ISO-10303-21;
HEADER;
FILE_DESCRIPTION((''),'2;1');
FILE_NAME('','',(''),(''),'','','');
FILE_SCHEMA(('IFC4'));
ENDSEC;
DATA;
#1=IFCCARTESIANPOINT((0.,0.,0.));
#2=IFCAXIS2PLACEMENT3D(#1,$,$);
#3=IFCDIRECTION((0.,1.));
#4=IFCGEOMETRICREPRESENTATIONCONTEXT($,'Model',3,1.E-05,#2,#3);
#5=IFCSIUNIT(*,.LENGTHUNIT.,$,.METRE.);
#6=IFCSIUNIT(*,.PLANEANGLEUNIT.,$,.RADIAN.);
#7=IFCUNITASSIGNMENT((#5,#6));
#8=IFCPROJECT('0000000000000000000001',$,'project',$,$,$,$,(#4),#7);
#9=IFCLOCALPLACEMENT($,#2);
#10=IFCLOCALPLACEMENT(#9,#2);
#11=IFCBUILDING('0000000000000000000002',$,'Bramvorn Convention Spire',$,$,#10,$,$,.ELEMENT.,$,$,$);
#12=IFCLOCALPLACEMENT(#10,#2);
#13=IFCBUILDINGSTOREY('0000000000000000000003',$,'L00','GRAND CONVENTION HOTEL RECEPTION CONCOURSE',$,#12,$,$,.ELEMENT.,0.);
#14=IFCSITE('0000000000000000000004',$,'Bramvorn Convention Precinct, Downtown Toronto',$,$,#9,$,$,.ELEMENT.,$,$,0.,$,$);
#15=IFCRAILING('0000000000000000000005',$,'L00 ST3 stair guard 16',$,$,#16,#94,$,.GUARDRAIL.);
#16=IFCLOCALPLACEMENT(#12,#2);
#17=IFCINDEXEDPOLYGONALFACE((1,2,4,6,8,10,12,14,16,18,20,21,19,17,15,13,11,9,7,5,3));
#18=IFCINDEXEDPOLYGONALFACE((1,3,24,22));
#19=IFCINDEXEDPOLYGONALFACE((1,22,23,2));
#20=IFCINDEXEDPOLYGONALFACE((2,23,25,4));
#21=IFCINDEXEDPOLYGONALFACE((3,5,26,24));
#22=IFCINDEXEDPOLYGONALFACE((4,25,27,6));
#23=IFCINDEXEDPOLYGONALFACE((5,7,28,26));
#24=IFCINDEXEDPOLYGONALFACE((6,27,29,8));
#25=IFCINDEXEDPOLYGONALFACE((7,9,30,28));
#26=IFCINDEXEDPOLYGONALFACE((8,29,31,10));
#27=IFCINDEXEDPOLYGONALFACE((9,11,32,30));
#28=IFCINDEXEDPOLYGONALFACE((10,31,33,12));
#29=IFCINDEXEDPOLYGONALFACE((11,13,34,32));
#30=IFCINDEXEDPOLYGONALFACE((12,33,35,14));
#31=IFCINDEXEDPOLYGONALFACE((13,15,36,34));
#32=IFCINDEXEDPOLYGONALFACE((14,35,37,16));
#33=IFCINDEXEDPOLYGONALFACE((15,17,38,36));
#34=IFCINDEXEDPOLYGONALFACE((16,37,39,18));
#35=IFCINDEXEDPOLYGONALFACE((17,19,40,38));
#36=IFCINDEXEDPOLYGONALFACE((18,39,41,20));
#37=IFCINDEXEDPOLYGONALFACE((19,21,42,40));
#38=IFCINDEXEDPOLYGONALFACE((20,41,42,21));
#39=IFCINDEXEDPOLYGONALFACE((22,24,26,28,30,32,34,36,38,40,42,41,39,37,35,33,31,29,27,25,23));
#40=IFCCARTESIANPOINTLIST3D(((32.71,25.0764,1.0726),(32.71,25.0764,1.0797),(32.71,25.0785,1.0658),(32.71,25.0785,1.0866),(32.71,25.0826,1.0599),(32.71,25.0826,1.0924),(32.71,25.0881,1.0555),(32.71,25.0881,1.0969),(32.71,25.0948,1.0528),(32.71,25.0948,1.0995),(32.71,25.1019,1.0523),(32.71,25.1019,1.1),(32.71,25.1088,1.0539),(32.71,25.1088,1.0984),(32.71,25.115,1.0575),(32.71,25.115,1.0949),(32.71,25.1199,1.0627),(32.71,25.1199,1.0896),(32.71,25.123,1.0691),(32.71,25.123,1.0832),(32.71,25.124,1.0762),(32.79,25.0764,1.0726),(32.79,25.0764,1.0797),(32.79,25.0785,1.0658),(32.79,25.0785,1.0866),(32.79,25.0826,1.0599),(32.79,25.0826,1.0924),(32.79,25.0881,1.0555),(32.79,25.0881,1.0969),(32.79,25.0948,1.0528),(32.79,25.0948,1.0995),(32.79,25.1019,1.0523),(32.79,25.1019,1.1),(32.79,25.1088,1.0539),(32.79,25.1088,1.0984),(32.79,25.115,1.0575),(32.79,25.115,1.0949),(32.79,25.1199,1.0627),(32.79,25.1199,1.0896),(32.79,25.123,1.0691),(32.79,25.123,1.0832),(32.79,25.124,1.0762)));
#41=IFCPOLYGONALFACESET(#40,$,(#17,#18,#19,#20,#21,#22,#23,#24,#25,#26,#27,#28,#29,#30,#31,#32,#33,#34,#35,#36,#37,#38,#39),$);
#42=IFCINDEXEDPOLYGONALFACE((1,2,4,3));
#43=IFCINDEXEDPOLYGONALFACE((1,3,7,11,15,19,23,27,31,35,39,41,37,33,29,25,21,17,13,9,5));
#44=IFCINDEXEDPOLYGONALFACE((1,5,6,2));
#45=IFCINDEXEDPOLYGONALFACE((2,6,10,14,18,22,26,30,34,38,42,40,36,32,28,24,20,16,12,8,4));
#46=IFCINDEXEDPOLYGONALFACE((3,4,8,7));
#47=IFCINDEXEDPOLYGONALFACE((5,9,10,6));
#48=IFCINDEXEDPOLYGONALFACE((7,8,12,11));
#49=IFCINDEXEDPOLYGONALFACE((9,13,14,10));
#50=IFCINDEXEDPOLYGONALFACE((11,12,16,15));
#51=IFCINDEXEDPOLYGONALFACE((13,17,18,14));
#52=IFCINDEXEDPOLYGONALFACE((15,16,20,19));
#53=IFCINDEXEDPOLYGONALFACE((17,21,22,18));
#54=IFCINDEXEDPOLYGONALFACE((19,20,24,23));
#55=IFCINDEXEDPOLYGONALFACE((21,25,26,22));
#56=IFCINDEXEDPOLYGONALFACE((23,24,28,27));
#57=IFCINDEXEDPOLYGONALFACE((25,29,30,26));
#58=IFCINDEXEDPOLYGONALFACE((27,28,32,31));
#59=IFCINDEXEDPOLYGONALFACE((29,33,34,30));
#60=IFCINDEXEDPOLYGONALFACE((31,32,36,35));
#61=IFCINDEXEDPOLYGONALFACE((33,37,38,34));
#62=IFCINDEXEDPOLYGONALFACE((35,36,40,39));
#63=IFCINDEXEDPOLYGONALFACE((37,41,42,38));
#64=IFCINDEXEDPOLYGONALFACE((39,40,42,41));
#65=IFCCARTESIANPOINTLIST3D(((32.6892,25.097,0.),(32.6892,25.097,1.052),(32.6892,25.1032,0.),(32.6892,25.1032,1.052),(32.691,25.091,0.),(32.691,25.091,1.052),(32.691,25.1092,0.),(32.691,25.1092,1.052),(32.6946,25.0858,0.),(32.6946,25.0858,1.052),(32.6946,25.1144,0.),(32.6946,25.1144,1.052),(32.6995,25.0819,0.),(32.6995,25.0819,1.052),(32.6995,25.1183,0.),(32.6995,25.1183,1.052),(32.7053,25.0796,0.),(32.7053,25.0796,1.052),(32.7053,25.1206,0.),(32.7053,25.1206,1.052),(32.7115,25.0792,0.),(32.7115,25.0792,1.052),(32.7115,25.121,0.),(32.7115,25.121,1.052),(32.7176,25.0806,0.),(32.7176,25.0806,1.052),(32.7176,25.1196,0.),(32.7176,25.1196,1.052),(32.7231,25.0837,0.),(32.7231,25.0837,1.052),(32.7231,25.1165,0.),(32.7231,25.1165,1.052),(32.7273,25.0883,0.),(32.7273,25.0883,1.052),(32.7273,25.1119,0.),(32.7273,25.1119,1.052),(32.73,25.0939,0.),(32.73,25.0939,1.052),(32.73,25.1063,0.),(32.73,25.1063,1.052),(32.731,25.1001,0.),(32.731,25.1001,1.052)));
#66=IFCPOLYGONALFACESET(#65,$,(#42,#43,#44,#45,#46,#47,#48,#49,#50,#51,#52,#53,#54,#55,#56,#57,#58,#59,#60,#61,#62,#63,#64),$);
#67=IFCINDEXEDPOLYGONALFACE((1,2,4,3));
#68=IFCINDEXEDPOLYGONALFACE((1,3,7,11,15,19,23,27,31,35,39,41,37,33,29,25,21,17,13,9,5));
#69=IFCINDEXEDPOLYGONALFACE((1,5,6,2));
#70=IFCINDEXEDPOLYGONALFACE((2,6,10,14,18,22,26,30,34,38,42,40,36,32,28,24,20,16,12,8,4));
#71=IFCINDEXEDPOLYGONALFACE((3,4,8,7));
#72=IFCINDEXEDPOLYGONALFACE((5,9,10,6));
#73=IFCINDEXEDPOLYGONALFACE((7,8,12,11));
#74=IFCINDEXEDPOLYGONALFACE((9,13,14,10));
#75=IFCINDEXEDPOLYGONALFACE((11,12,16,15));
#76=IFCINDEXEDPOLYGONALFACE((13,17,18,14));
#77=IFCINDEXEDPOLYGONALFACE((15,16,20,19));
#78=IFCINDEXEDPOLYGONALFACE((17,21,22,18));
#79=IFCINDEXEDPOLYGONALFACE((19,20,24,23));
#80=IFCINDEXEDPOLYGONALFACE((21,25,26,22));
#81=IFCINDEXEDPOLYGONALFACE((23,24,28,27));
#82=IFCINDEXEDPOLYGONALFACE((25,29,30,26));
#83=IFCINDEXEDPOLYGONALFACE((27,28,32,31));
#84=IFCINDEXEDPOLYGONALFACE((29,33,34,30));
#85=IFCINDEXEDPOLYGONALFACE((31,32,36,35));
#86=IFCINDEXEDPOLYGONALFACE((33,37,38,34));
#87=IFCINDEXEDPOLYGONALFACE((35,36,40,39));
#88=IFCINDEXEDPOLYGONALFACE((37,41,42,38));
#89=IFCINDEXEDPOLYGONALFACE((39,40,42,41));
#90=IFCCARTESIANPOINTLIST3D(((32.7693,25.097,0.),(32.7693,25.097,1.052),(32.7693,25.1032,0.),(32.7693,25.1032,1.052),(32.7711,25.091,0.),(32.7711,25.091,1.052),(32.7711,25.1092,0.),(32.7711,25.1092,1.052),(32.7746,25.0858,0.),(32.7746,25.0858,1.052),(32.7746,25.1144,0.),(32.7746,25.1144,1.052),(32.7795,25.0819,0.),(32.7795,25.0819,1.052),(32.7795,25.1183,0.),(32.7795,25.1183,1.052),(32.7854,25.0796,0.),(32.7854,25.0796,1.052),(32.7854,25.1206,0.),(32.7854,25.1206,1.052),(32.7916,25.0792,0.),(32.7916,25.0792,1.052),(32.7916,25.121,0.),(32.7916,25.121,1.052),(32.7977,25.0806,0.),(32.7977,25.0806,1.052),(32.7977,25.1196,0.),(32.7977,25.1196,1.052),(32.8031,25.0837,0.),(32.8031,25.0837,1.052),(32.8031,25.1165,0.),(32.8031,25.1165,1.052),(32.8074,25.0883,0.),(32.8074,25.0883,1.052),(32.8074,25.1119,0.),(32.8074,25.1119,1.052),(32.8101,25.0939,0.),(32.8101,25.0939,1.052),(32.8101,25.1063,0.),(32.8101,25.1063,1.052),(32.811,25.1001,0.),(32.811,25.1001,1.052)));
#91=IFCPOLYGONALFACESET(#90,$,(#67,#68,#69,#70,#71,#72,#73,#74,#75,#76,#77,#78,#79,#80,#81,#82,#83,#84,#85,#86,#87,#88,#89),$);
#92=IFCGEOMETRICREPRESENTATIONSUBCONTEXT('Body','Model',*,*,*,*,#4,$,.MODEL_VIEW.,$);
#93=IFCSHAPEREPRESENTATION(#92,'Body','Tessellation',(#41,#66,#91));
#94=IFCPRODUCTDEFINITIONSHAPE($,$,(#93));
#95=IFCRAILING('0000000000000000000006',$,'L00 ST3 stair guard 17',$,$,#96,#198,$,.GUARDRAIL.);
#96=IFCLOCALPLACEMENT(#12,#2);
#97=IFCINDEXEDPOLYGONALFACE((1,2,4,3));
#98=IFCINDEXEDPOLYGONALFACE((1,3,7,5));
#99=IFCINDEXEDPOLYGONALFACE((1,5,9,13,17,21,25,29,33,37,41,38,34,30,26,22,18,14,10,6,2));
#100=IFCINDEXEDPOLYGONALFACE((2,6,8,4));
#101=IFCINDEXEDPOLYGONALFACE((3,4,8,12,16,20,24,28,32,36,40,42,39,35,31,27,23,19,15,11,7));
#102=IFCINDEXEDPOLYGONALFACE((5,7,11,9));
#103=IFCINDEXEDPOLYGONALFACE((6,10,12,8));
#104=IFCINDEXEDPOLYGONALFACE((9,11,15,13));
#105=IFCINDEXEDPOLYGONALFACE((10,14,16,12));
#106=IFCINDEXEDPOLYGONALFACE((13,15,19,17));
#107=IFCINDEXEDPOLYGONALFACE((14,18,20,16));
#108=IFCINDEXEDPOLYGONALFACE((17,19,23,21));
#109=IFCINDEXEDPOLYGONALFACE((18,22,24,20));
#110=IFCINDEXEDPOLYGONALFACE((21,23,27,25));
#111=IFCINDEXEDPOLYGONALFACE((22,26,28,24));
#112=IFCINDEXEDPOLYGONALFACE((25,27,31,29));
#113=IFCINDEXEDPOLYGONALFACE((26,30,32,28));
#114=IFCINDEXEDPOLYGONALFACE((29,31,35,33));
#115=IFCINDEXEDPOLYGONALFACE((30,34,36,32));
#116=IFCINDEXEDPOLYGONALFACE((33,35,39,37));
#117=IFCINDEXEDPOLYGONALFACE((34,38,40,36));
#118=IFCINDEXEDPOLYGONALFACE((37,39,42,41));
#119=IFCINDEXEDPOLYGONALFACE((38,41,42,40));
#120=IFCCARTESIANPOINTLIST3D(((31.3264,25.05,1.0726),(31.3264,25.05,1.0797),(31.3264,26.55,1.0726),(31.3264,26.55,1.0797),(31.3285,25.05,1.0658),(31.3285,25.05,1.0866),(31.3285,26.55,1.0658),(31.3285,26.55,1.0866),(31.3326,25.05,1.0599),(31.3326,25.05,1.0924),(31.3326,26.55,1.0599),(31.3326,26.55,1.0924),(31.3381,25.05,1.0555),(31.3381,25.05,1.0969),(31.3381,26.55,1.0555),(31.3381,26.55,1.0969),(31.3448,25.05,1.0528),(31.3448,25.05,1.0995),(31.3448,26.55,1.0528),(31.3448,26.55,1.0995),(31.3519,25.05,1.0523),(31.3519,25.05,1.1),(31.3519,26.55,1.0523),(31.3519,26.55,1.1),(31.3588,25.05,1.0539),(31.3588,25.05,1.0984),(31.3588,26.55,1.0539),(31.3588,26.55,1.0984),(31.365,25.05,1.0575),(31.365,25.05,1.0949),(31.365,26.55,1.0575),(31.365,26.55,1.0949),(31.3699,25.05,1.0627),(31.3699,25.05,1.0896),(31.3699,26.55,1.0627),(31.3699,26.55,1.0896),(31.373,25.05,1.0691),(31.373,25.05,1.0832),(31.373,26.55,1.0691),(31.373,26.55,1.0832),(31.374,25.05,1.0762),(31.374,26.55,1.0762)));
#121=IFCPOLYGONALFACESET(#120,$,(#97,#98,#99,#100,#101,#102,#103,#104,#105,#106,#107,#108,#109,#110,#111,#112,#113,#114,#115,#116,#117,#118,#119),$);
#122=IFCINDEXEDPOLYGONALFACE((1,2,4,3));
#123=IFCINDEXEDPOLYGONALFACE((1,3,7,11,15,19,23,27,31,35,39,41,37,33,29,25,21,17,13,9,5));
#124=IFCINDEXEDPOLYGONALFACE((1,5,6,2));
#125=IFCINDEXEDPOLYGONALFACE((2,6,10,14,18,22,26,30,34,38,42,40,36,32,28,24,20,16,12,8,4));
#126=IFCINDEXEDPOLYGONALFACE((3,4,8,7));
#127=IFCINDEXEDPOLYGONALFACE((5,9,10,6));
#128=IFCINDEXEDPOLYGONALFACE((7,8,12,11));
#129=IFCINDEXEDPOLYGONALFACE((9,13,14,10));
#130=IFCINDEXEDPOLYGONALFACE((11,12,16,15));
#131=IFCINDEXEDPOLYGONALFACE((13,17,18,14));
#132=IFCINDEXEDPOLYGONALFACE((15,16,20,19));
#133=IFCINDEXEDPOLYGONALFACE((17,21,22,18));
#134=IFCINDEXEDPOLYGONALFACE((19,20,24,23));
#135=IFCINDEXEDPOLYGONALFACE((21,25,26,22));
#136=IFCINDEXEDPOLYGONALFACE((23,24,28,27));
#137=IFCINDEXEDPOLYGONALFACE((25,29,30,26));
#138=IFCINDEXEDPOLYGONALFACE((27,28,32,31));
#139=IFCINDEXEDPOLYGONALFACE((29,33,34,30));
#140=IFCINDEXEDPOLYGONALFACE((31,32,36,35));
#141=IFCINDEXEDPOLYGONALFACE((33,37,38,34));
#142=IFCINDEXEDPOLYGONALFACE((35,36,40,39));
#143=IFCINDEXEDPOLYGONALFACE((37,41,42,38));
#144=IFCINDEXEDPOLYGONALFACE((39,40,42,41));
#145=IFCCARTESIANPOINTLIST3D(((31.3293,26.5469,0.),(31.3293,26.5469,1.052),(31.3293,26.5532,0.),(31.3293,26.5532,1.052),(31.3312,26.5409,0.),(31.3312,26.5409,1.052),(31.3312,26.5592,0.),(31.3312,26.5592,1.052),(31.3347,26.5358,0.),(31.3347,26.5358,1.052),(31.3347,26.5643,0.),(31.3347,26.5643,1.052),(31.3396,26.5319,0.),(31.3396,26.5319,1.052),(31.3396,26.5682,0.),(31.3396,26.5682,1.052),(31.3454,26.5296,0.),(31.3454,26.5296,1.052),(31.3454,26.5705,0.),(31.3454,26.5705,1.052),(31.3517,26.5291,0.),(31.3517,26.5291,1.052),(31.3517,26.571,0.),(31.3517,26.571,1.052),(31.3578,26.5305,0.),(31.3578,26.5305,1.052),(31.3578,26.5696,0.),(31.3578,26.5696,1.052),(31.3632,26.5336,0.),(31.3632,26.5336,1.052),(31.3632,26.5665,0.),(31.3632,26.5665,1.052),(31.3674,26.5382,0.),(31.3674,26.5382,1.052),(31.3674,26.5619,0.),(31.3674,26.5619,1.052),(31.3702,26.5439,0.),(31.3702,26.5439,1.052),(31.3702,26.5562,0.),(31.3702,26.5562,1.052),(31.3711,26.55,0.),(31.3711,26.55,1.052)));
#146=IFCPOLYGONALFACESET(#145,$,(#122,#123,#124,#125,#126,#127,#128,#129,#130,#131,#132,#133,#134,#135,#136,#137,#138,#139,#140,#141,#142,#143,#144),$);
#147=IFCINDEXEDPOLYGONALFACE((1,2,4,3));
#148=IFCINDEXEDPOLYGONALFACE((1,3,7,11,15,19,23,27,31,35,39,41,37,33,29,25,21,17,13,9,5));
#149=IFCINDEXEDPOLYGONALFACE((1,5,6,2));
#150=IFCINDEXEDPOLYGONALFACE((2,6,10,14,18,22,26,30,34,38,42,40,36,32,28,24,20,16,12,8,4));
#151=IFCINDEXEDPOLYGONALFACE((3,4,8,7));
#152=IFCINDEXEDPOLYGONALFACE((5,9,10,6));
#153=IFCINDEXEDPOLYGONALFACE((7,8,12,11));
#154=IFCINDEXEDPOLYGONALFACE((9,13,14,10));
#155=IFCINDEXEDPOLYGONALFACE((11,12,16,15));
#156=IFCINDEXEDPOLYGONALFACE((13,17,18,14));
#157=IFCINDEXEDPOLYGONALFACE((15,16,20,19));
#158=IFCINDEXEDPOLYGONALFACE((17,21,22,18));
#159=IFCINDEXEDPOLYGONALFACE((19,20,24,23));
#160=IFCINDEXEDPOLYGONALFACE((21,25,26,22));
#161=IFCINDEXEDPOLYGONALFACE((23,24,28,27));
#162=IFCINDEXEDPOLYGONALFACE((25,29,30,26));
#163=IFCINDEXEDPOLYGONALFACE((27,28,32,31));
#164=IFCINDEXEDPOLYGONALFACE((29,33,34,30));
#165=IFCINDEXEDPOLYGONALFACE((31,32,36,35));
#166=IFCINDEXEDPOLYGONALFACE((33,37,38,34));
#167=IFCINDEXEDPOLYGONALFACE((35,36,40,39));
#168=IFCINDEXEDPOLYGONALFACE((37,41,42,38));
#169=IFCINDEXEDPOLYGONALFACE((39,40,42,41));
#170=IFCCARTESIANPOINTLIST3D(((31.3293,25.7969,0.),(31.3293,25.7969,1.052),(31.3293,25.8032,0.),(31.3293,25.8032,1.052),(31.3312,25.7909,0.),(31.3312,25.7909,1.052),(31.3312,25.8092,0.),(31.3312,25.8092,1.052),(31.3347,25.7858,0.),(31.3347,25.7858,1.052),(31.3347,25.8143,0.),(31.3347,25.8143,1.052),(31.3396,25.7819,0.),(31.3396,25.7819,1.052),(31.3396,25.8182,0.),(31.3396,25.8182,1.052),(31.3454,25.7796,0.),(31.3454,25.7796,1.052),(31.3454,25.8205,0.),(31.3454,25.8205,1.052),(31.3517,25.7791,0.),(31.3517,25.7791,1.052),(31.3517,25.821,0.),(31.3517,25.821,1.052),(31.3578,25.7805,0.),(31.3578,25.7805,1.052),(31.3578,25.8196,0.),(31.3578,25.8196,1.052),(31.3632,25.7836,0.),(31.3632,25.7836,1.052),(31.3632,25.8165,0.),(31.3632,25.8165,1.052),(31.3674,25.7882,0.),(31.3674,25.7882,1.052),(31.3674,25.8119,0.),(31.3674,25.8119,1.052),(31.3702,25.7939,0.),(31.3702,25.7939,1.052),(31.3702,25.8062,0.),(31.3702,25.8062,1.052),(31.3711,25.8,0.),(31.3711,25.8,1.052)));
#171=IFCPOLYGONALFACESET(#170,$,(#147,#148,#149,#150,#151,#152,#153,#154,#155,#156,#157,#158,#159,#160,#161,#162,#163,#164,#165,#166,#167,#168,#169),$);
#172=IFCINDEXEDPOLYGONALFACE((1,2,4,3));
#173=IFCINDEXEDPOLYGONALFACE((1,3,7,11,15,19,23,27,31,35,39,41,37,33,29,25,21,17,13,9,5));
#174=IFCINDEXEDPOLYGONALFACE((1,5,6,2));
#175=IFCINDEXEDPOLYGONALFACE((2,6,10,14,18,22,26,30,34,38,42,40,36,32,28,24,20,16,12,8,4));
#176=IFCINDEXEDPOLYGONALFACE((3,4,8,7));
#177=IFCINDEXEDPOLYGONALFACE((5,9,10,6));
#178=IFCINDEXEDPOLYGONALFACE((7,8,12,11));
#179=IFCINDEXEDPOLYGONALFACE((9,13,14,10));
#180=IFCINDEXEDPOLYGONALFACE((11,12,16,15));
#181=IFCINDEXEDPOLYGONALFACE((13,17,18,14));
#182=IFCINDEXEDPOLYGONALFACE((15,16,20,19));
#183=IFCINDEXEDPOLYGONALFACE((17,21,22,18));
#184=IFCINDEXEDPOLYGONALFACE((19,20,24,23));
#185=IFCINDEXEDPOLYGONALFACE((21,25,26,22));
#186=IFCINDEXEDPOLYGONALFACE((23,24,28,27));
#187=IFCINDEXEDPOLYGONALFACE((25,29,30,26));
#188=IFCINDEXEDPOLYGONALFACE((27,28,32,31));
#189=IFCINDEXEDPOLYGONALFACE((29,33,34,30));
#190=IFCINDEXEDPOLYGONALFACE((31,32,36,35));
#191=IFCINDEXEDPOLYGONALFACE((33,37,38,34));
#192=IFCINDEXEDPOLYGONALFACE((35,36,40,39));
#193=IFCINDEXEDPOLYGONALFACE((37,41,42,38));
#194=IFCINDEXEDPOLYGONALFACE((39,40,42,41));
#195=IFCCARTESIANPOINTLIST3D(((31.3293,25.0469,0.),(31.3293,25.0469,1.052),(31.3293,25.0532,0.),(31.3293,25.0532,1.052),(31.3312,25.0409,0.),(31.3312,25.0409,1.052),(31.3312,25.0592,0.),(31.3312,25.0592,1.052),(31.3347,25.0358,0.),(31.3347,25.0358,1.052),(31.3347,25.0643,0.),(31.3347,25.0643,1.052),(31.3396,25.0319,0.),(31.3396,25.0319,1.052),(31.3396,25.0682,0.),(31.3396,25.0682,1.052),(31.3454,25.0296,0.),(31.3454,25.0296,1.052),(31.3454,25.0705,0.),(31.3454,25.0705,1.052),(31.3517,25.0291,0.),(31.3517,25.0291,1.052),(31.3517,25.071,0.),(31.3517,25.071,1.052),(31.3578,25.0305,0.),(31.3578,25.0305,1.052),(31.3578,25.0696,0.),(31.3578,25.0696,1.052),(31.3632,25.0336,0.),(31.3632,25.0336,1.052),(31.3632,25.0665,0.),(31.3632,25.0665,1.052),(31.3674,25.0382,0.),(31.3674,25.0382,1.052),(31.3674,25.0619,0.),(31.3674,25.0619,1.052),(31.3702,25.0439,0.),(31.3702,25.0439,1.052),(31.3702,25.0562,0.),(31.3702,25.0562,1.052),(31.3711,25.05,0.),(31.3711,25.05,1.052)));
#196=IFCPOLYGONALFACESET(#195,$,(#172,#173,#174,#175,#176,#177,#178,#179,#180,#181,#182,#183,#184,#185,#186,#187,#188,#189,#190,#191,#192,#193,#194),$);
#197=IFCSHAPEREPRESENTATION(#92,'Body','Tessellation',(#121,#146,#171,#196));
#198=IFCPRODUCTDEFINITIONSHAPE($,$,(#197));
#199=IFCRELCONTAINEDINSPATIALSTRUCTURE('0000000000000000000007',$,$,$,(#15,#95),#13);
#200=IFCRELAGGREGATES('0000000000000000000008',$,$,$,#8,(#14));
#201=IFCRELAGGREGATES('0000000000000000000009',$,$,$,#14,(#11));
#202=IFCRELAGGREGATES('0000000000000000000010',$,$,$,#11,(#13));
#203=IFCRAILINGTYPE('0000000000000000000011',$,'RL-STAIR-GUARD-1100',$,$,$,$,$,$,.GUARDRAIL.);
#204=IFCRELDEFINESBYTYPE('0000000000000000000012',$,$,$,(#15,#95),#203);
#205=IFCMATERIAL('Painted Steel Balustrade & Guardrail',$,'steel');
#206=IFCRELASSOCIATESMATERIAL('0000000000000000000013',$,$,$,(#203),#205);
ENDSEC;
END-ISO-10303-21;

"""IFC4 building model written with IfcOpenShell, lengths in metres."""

from ifc_helpers import new_model, si_unit, direction, frame, origin, origin_2d, place, context, subcontext, project, spatial, circle, extrude, material, type_object, element, save


model = new_model("IFC4")

# Units and contexts
model_context = context("Model", 3, precision=1e-05, world=origin(), true_north=direction((0.0, 1.0)))
body_context = subcontext(model_context, "Body", "Model", "MODEL_VIEW")
ifc_project = project(units=[si_unit("LENGTHUNIT", "METRE"), si_unit("PLANEANGLEUNIT", "RADIAN")], contexts=[model_context])

# Site, building, storey
site_placement = place(None, origin())
site = spatial("IfcSite", under=ifc_project, at=site_placement, Name="Bramvorn Convention Precinct, Downtown Toronto", CompositionType="ELEMENT", RefElevation=0.0)
building_placement = place(site_placement, origin())
building = spatial("IfcBuilding", under=site, at=building_placement, Name="Bramvorn Convention Spire", CompositionType="ELEMENT")
storey_placement = place(building_placement, origin())
storey = spatial("IfcBuildingStorey", under=building, at=storey_placement, Name="L00", Description="GRAND CONVENTION HOTEL RECEPTION CONCOURSE", CompositionType="ELEMENT", Elevation=0.0)

# Railings
ifc_material_1 = material(Name="Painted Steel Balustrade & Guardrail", Category="steel")
railing_type = type_object("IfcRailingType", Name="RL-STAIR-GUARD-1100", PredefinedType="GUARDRAIL", material=ifc_material_1)
railing_1_placement = place(storey_placement, frame((32.71, 25.1001, 0.0)))
element("IfcRailing", 1, at=railing_1_placement, inside=storey, type_object=railing_type, Name="L00 ST3 stair guard 16", PredefinedType="GUARDRAIL", context=body_context, shape_type="SweptSolid", body=[
    extrude(circle(Radius=0.0239, at=origin_2d()), frame((0.0, 0.0, 1.0762), z_axis=(1.0, 0.0, 0.0), x_axis=(0.0, 1.0, 0.0)), (0.0, 0.0, 1.0), 0.0801),
    extrude(circle(Radius=0.021, at=origin_2d()), origin(), (0.0, 0.0, 1.0), 1.052),
    extrude(circle(Radius=0.021, at=origin_2d()), frame((0.0801, 0.0, 0.0)), (0.0, 0.0, 1.0), 1.052),
])
for number, where, name in (
    (2, (31.3501, 26.55, 0.0), "L00 ST3 stair guard 17"),
):
    element("IfcRailing", number, at=place(storey_placement, frame(where)), inside=storey, type_object=railing_type, Name=name, PredefinedType="GUARDRAIL", context=body_context, shape_type="SweptSolid", body=[
        extrude(circle(Radius=0.0239, at=origin_2d()), frame((0.0, 0.0, 1.0762), z_axis=(0.0, -1.0, 0.0), x_axis=(1.0, 0.0, 0.0)), (0.0, 0.0, 1.0), 1.5),
        extrude(circle(Radius=0.021, at=origin_2d()), origin(), (0.0, 0.0, 1.0), 1.052),
        extrude(circle(Radius=0.021, at=origin_2d()), frame((0.0, -0.75, 0.0)), (0.0, 0.0, 1.0), 1.052),
        extrude(circle(Radius=0.021, at=origin_2d()), frame((0.0, -1.5, 0.0)), (0.0, 0.0, 1.0), 1.052),
    ])

save(model, "model.ifc")
